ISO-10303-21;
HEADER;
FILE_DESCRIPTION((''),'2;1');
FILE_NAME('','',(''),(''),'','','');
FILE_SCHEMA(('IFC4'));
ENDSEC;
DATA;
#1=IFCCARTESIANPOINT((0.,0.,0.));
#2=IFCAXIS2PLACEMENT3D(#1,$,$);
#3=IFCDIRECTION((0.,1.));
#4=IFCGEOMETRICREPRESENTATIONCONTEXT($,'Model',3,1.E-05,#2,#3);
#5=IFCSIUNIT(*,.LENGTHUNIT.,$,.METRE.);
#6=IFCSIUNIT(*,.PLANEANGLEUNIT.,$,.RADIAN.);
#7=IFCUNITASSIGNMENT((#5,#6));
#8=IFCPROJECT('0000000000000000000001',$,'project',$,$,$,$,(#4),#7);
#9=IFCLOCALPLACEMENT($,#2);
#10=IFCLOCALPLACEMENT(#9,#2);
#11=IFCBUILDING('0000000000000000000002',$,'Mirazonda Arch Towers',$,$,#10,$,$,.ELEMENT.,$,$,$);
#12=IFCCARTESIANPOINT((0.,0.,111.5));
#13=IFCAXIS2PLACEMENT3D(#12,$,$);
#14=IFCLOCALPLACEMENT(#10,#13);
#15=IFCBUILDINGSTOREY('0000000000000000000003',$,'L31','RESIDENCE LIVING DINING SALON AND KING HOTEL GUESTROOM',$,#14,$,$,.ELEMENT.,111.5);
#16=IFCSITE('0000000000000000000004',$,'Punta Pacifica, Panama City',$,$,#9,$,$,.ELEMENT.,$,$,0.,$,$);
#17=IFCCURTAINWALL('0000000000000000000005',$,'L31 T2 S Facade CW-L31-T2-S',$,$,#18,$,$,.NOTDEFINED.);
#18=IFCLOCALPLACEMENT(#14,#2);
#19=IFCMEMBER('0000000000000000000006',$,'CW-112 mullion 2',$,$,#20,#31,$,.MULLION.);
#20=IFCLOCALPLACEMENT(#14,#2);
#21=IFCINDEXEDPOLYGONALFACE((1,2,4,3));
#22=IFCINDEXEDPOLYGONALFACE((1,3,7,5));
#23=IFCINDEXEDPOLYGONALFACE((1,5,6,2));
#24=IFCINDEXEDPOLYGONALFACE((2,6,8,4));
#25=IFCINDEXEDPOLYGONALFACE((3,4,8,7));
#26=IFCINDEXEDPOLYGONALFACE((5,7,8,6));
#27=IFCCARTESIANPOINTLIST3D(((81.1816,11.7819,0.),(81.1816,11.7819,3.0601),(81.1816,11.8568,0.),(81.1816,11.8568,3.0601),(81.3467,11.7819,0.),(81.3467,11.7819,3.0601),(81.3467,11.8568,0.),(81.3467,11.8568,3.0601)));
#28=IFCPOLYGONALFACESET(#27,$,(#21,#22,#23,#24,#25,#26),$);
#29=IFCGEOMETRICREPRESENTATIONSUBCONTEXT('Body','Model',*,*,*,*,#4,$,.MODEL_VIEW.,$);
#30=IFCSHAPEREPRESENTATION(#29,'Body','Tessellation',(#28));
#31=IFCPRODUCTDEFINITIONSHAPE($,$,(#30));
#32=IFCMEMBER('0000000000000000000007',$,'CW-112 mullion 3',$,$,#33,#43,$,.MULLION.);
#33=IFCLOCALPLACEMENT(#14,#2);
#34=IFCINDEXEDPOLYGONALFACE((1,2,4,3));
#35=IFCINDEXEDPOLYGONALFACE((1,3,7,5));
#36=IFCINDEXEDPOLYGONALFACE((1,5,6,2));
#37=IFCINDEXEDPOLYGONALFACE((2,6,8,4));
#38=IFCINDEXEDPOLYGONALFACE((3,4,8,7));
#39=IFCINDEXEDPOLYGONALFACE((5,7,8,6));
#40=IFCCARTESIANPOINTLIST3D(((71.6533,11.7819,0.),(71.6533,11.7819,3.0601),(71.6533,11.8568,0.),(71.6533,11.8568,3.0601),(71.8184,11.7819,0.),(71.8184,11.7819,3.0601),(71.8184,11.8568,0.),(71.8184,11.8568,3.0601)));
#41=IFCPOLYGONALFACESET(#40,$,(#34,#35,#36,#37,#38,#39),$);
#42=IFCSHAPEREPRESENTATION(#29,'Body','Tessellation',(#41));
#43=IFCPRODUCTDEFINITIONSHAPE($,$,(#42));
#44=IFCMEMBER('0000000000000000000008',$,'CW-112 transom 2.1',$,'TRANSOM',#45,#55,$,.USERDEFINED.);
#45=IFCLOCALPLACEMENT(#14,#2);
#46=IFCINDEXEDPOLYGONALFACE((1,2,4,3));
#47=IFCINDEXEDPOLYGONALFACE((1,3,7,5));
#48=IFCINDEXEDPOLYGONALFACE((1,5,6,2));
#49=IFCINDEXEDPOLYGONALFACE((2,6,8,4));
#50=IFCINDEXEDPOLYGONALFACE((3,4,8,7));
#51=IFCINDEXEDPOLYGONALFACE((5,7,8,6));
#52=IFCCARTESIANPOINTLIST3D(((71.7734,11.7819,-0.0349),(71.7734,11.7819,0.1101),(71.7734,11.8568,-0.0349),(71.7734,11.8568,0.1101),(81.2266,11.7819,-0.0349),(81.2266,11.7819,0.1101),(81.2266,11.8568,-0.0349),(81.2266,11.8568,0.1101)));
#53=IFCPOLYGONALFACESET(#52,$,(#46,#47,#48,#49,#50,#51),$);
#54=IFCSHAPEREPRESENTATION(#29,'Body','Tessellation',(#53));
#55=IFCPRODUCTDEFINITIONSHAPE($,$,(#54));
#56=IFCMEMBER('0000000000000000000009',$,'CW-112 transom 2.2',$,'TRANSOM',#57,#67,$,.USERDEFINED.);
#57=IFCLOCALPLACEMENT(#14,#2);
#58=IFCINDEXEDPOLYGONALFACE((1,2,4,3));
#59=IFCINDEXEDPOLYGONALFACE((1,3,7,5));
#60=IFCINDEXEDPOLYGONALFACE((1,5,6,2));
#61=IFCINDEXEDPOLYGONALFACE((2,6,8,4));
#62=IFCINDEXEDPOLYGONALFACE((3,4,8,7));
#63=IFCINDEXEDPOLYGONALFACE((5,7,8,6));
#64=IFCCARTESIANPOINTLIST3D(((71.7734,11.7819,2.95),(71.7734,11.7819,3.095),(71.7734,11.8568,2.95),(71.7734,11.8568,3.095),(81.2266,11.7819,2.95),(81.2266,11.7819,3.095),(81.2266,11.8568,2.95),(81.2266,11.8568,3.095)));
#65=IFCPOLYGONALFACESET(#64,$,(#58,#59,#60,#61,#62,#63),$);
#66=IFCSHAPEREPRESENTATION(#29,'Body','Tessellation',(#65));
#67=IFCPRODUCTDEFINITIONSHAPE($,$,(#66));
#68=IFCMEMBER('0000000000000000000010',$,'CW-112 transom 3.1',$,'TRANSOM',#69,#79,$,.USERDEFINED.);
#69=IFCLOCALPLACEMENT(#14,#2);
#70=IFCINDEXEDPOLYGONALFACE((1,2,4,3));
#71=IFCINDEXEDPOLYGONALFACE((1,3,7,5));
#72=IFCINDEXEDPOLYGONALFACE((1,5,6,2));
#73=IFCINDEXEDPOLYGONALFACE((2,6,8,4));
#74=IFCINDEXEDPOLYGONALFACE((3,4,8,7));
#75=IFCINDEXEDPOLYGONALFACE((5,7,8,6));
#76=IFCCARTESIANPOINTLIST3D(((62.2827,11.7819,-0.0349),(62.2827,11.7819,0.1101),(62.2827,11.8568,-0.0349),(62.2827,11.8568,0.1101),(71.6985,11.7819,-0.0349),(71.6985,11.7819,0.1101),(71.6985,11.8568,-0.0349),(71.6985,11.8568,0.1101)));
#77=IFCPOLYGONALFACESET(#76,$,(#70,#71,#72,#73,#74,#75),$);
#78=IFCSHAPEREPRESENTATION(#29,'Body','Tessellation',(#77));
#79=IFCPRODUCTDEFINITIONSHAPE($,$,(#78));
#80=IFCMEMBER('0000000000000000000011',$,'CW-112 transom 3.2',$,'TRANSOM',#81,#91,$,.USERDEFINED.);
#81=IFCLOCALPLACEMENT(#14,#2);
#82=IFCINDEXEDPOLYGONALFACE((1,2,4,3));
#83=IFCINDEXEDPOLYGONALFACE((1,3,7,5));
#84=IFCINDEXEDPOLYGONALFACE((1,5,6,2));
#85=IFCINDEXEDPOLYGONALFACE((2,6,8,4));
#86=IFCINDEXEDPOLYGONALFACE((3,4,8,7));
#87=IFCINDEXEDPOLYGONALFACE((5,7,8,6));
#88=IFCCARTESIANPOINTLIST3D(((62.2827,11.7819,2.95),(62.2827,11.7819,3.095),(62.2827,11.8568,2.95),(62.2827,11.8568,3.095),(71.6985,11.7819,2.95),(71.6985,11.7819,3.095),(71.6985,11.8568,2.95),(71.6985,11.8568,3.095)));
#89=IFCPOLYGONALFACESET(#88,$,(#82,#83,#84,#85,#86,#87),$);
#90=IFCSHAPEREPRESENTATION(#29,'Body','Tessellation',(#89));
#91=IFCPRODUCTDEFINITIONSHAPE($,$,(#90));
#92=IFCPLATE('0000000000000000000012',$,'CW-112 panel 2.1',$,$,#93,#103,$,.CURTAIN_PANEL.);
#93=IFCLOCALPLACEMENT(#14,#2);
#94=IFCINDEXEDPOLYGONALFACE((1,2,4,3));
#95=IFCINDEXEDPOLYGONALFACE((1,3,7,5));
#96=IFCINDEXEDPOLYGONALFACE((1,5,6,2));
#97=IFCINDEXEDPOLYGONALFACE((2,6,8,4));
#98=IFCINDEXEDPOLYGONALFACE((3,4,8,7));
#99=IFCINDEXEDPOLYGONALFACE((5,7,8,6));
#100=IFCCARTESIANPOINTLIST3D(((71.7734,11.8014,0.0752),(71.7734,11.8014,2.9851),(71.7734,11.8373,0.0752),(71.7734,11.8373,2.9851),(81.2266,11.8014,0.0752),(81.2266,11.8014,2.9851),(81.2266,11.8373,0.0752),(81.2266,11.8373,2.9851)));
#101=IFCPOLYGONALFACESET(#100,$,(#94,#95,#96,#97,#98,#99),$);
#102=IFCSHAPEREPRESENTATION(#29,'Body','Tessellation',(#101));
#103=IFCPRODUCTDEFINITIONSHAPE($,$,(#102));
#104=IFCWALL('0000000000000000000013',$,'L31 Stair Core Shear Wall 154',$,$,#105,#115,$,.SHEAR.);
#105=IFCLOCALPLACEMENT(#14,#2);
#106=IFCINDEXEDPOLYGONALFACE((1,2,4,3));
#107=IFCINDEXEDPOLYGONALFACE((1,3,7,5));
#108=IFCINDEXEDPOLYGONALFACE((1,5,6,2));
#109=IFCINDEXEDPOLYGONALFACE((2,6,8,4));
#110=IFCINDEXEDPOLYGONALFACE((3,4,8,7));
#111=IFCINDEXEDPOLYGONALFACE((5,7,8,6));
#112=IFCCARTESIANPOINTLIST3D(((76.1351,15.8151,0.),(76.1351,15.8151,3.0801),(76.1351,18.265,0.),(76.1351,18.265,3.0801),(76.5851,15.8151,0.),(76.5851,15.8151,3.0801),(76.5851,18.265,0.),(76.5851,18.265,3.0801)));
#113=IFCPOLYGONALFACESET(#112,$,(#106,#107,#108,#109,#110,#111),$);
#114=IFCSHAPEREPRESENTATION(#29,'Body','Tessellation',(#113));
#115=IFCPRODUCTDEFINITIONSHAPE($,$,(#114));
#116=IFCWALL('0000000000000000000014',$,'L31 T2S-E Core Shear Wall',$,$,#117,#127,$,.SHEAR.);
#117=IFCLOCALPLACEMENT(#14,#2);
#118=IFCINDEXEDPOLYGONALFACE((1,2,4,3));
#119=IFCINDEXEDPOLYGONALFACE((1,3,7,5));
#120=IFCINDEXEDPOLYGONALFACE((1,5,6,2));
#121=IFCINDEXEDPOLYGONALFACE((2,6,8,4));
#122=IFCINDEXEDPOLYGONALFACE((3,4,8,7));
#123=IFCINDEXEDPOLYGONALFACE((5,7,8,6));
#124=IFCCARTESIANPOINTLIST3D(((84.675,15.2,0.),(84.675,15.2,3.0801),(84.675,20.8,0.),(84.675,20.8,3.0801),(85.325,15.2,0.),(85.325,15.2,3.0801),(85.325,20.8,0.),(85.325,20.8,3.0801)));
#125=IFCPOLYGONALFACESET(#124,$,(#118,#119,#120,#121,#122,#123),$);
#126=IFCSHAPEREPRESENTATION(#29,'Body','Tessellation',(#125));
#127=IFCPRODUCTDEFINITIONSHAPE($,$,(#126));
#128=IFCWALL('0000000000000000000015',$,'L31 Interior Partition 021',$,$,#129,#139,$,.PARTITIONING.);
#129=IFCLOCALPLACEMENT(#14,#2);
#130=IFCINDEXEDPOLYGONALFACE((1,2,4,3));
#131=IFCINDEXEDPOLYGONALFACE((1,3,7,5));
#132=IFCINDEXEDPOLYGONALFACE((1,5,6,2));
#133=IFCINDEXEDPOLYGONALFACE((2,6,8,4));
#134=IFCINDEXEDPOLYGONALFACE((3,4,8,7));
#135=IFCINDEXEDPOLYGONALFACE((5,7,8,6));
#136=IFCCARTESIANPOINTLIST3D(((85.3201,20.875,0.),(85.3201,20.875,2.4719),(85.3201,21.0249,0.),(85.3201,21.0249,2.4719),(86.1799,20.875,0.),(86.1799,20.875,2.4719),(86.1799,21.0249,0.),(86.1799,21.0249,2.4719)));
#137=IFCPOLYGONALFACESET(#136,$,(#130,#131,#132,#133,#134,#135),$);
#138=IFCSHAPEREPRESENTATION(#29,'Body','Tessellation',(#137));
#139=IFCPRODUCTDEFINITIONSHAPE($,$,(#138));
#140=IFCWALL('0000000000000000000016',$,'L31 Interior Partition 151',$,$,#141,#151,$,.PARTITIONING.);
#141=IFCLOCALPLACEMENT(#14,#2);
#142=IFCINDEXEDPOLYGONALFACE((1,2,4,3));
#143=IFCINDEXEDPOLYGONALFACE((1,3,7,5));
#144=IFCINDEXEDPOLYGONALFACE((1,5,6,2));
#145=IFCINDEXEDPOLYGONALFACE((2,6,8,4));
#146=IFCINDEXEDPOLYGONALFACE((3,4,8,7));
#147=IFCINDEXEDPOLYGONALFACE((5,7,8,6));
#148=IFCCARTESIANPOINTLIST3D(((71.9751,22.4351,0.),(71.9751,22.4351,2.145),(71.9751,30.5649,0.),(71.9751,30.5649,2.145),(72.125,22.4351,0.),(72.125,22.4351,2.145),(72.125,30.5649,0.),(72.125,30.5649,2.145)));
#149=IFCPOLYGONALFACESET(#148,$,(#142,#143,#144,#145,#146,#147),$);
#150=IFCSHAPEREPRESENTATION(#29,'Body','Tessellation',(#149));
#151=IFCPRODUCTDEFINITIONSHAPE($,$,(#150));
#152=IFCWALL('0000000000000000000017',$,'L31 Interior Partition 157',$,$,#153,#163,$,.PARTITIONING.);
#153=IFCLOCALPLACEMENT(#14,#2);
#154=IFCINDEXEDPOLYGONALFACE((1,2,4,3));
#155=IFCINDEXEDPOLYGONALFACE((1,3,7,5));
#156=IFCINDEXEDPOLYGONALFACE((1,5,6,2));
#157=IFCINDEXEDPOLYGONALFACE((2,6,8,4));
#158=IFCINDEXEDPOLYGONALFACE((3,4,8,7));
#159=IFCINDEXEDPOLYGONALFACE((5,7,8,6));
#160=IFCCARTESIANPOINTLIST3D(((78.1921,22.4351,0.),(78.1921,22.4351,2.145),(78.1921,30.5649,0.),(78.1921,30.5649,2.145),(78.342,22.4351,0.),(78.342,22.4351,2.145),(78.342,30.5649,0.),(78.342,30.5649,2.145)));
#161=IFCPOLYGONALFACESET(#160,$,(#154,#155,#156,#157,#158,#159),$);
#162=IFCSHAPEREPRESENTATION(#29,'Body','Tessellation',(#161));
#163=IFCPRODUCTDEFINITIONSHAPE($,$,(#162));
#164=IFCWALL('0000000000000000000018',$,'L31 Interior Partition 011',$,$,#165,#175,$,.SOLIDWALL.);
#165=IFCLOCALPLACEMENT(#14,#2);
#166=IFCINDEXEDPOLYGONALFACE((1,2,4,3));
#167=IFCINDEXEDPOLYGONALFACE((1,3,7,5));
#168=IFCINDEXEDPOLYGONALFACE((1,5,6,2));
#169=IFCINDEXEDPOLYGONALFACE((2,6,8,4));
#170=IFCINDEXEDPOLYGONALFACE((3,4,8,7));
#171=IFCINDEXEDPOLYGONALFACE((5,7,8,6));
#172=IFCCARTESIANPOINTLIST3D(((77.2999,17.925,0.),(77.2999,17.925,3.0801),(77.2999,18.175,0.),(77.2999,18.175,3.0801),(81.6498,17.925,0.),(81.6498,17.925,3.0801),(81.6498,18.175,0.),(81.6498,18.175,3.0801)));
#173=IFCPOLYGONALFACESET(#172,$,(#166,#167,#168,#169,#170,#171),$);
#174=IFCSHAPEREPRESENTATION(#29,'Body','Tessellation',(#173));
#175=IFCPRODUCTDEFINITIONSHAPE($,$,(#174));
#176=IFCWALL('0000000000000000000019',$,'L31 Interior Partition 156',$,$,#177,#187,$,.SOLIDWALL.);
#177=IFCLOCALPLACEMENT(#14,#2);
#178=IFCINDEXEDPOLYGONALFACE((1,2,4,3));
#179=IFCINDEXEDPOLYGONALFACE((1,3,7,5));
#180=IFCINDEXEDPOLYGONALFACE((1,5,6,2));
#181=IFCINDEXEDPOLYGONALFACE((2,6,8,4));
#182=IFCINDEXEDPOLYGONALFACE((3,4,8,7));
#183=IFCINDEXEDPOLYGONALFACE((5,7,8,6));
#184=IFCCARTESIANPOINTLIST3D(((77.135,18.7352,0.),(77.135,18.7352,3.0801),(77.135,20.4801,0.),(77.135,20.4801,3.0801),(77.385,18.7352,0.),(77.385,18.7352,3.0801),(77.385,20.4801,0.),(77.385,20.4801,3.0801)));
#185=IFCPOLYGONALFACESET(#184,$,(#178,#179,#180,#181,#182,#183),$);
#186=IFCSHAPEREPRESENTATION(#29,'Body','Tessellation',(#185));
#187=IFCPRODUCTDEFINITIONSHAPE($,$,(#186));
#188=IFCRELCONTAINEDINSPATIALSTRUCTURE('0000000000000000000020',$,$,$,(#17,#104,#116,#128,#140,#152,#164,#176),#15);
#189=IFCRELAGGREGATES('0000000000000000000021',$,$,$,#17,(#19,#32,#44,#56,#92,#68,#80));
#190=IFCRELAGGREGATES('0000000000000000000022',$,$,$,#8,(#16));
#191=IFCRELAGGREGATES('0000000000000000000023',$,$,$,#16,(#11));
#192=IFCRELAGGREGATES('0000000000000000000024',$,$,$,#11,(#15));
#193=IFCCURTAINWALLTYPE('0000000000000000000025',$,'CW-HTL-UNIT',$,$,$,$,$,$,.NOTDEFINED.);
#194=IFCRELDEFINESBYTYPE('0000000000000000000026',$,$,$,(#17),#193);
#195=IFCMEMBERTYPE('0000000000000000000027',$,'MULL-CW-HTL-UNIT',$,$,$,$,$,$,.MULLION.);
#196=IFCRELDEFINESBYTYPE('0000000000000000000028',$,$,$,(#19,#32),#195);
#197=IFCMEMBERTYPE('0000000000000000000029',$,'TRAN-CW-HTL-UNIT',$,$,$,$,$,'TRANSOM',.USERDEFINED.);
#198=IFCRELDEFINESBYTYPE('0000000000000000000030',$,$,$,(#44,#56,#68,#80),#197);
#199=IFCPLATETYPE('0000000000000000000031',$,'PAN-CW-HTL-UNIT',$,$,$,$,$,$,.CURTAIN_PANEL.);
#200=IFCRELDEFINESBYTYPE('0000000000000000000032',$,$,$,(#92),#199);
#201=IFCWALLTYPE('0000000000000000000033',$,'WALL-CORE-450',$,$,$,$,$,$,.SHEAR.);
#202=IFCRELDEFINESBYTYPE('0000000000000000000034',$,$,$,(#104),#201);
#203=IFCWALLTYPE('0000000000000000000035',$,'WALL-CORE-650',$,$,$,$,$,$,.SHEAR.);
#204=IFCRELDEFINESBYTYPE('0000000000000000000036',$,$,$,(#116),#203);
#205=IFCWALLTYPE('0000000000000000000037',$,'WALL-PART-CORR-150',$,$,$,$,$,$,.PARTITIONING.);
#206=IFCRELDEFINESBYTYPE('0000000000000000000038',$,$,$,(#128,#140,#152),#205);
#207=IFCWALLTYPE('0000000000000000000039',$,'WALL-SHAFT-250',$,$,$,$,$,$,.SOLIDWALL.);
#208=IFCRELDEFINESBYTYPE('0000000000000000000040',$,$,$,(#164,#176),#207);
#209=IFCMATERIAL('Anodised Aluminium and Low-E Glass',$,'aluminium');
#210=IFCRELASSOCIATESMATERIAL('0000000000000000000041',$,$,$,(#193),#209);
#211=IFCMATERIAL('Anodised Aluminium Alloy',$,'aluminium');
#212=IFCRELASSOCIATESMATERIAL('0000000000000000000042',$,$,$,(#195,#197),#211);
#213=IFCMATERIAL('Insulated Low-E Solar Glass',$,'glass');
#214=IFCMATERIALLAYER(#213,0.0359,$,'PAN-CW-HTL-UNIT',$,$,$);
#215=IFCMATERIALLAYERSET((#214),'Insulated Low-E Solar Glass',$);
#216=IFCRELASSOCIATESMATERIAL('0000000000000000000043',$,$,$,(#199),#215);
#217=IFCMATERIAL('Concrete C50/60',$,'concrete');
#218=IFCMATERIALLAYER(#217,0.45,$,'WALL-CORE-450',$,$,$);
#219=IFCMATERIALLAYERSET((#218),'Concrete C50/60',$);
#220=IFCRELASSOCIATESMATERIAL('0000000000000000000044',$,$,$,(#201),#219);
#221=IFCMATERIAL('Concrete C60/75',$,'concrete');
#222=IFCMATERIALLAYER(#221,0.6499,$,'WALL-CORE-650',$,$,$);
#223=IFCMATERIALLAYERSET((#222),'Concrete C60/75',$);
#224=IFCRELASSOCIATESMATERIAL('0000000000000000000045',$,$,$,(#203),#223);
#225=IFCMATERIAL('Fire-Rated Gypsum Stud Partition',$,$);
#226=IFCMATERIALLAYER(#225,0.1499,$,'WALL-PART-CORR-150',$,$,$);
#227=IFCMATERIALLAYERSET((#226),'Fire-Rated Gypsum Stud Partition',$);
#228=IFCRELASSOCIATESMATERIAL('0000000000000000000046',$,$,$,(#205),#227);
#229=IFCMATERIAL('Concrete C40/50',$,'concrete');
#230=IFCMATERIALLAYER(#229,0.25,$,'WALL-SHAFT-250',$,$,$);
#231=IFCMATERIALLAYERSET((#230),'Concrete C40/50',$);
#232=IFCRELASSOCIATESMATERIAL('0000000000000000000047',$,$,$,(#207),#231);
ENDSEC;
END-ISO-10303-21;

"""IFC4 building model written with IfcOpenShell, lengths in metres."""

from ifc_helpers import new_model, si_unit, direction, frame, frame_2d, origin, origin_2d, place, context, subcontext, project, spatial, rectangle, extrude, material, layer, layer_set, material_profile, profile_set, type_object, element, aggregate, save


model = new_model("IFC4")

# Units and contexts
model_context = context("Model", 3, precision=1e-05, world=origin(), true_north=direction((0.0, 1.0)))
body_context = subcontext(model_context, "Body", "Model", "MODEL_VIEW")
ifc_project = project(units=[si_unit("LENGTHUNIT", "METRE"), si_unit("PLANEANGLEUNIT", "RADIAN")], contexts=[model_context])

# Site, building, storey
site_placement = place(None, origin())
site = spatial("IfcSite", under=ifc_project, at=site_placement, Name="Punta Pacifica, Panama City", CompositionType="ELEMENT", RefElevation=0.0)
building_placement = place(site_placement, origin())
building = spatial("IfcBuilding", under=site, at=building_placement, Name="Mirazonda Arch Towers", CompositionType="ELEMENT")
storey_placement = place(building_placement, frame((0.0, 0.0, 111.5)))
storey = spatial("IfcBuildingStorey", under=building, at=storey_placement, Name="L31", Description="RESIDENCE LIVING DINING SALON AND KING HOTEL GUESTROOM", CompositionType="ELEMENT", Elevation=111.5)

# Shared definitions
ifc_material_1 = material(Name="Concrete C50/60", Category="concrete")

# Shared definitions
ifc_material_2 = material(Name="Concrete C60/75", Category="concrete")

# Curtain wall, members, plate
ifc_material_3 = material(Name="Anodised Aluminium and Low-E Glass", Category="aluminium")
curtain_wall_type = type_object("IfcCurtainWallType", Name="CW-HTL-UNIT", PredefinedType="NOTDEFINED", material=ifc_material_3)
curtain_wall_placement = place(storey_placement, origin())
curtain_wall = element("IfcCurtainWall", 1, at=curtain_wall_placement, inside=storey, type_object=curtain_wall_type, Name="L31 T2 S Facade CW-L31-T2-S", PredefinedType="NOTDEFINED")
ifc_material_4 = material(Name="Anodised Aluminium Alloy", Category="aluminium")
ifc_material_profile_1 = material_profile(ifc_material_4, rectangle(XDim=0.075, YDim=0.165, at=origin_2d()), Name="ALU-MULL-75x165")
ifc_profile_set_1 = profile_set([ifc_material_profile_1], Name="Anodised Aluminium Alloy")
member_type_1 = type_object("IfcMemberType", Name="MULL-CW-HTL-UNIT", PredefinedType="MULLION", material=ifc_profile_set_1)
member_1_placement = place(storey_placement, frame((81.2642, 11.8193, 0.0), z_axis=(0.0, 0.0, 1.0), x_axis=(0.0, -1.0, 0.0)))
member_1 = element("IfcMember", 2, at=member_1_placement, type_object=member_type_1, Name="CW-112 mullion 2", PredefinedType="MULLION", context=body_context, shape_type="SweptSolid", body=[
    extrude(rectangle(XDim=0.075, YDim=0.165, at=origin_2d()), origin(), (0.0, 0.0, 1.0), 3.0601),
])
member_2_placement = place(storey_placement, frame((71.7358, 11.8193, 0.0), z_axis=(0.0, 0.0, 1.0), x_axis=(0.0, -1.0, 0.0)))
member_2 = element("IfcMember", 3, at=member_2_placement, type_object=member_type_1, Name="CW-112 mullion 3", PredefinedType="MULLION", context=body_context, shape_type="SweptSolid", body=[
    extrude(rectangle(XDim=0.075, YDim=0.165, at=origin_2d()), origin(), (0.0, 0.0, 1.0), 3.0601),
])
ifc_material_profile_2 = material_profile(ifc_material_4, rectangle(XDim=0.075, YDim=0.145, at=origin_2d()), Name="ALU-TRAN-75x145")
ifc_profile_set_2 = profile_set([ifc_material_profile_2], Name="Anodised Aluminium Alloy")
member_type_2 = type_object("IfcMemberType", Name="TRAN-CW-HTL-UNIT", ElementType="TRANSOM", PredefinedType="USERDEFINED", material=ifc_profile_set_2)
member_3_placement = place(storey_placement, frame((81.2266, 11.8193, 0.0376), z_axis=(-1.0, 0.0, 0.0), x_axis=(0.0, -1.0, 0.0)))
member_3 = element("IfcMember", 4, at=member_3_placement, type_object=member_type_2, Name="CW-112 transom 2.1", ObjectType="TRANSOM", PredefinedType="USERDEFINED", context=body_context, shape_type="SweptSolid", body=[
    extrude(rectangle(XDim=0.075, YDim=0.145, at=origin_2d()), origin(), (0.0, 0.0, 1.0), 9.4531),
])
member_4_placement = place(storey_placement, frame((81.2266, 11.8193, 3.0225), z_axis=(-1.0, 0.0, 0.0), x_axis=(0.0, -1.0, 0.0)))
member_4 = element("IfcMember", 5, at=member_4_placement, type_object=member_type_2, Name="CW-112 transom 2.2", ObjectType="TRANSOM", PredefinedType="USERDEFINED", context=body_context, shape_type="SweptSolid", body=[
    extrude(rectangle(XDim=0.075, YDim=0.145, at=origin_2d()), origin(), (0.0, 0.0, 1.0), 9.4531),
])
member_5_placement = place(storey_placement, frame((71.6985, 11.8193, 0.0376), z_axis=(-1.0, 0.0, 0.0), x_axis=(0.0, -1.0, 0.0)))
member_5 = element("IfcMember", 6, at=member_5_placement, type_object=member_type_2, Name="CW-112 transom 3.1", ObjectType="TRANSOM", PredefinedType="USERDEFINED", context=body_context, shape_type="SweptSolid", body=[
    extrude(rectangle(XDim=0.075, YDim=0.145, at=origin_2d()), origin(), (0.0, 0.0, 1.0), 9.4158),
])
member_6_placement = place(storey_placement, frame((71.6985, 11.8193, 3.0225), z_axis=(-1.0, 0.0, 0.0), x_axis=(0.0, -1.0, 0.0)))
member_6 = element("IfcMember", 7, at=member_6_placement, type_object=member_type_2, Name="CW-112 transom 3.2", ObjectType="TRANSOM", PredefinedType="USERDEFINED", context=body_context, shape_type="SweptSolid", body=[
    extrude(rectangle(XDim=0.075, YDim=0.145, at=origin_2d()), origin(), (0.0, 0.0, 1.0), 9.4158),
])
ifc_material_5 = material(Name="Insulated Low-E Solar Glass", Category="glass")
ifc_layer_1 = layer(ifc_material_5, 0.0359, Name="PAN-CW-HTL-UNIT")
ifc_layer_set_1 = layer_set([ifc_layer_1], Name="Insulated Low-E Solar Glass")
plate_type = type_object("IfcPlateType", Name="PAN-CW-HTL-UNIT", PredefinedType="CURTAIN_PANEL", material=ifc_layer_set_1)
plate_placement = place(storey_placement, frame((76.5, 11.8193, 0.0752), z_axis=(0.0, 0.0, 1.0), x_axis=(-1.0, 0.0, 0.0)))
plate = element("IfcPlate", 8, at=plate_placement, type_object=plate_type, Name="CW-112 panel 2.1", PredefinedType="CURTAIN_PANEL", context=body_context, shape_type="SweptSolid", body=[
    extrude(rectangle(XDim=9.4531, YDim=0.0359, at=origin_2d()), origin(), (0.0, 0.0, 1.0), 2.9099),
])
aggregate(curtain_wall, [member_1, member_2, member_3, member_4, plate, member_5, member_6])

# Walls
ifc_layer_2 = layer(ifc_material_1, 0.45, Name="WALL-CORE-450")
ifc_layer_set_2 = layer_set([ifc_layer_2], Name="Concrete C50/60")
wall_type_1 = type_object("IfcWallType", Name="WALL-CORE-450", PredefinedType="SHEAR", material=ifc_layer_set_2)
wall_1_placement = place(storey_placement, frame((76.3601, 15.8149, 0.0), z_axis=(0.0, 0.0, 1.0), x_axis=(0.0, 1.0, 0.0)))
element("IfcWall", 9, at=wall_1_placement, inside=storey, type_object=wall_type_1, Name="L31 Stair Core Shear Wall 154", PredefinedType="SHEAR", context=body_context, shape_type="SweptSolid", body=[
    extrude(rectangle(XDim=2.45, YDim=0.45, at=frame_2d((1.2251, 0.0))), origin(), (0.0, 0.0, 1.0), 3.0801),
])
ifc_layer_3 = layer(ifc_material_2, 0.6499, Name="WALL-CORE-650")
ifc_layer_set_3 = layer_set([ifc_layer_3], Name="Concrete C60/75")
wall_type_2 = type_object("IfcWallType", Name="WALL-CORE-650", PredefinedType="SHEAR", material=ifc_layer_set_3)
wall_2_placement = place(storey_placement, frame((85.0, 15.2, 0.0), z_axis=(0.0, 0.0, 1.0), x_axis=(0.0, 1.0, 0.0)))
element("IfcWall", 10, at=wall_2_placement, inside=storey, type_object=wall_type_2, Name="L31 T2S-E Core Shear Wall", PredefinedType="SHEAR", context=body_context, shape_type="SweptSolid", body=[
    extrude(rectangle(XDim=5.6001, YDim=0.6499, at=frame_2d((2.8, 0.0))), origin(), (0.0, 0.0, 1.0), 3.0801),
])
ifc_material_6 = material(Name="Fire-Rated Gypsum Stud Partition")
ifc_layer_4 = layer(ifc_material_6, 0.1499, Name="WALL-PART-CORR-150")
ifc_layer_set_4 = layer_set([ifc_layer_4], Name="Fire-Rated Gypsum Stud Partition")
wall_type_3 = type_object("IfcWallType", Name="WALL-PART-CORR-150", PredefinedType="PARTITIONING", material=ifc_layer_set_4)
wall_3_placement = place(storey_placement, frame((85.3201, 20.95, 0.0), z_axis=(0.0, 0.0, 1.0), x_axis=(1.0, 0.0, 0.0)))
element("IfcWall", 11, at=wall_3_placement, inside=storey, type_object=wall_type_3, Name="L31 Interior Partition 021", PredefinedType="PARTITIONING", context=body_context, shape_type="SweptSolid", body=[
    extrude(rectangle(XDim=0.8599, YDim=0.1499, at=frame_2d((0.4299, 0.0))), origin(), (0.0, 0.0, 1.0), 2.4719),
])
for number, where, z_axis, x_axis, name in (
    (12, (72.05, 22.4351, 0.0), (0.0, 0.0, 1.0), (0.0, 1.0, 0.0), "L31 Interior Partition 151"),
    (13, (78.2671, 22.4351, 0.0), (0.0, 0.0, 1.0), (0.0, 1.0, 0.0), "L31 Interior Partition 157"),
):
    element("IfcWall", number, at=place(storey_placement, frame(where, z_axis=z_axis, x_axis=x_axis)), inside=storey, type_object=wall_type_3, Name=name, PredefinedType="PARTITIONING", context=body_context, shape_type="SweptSolid", body=[
        extrude(rectangle(XDim=8.1299, YDim=0.1499, at=frame_2d((4.0649, 0.0))), origin(), (0.0, 0.0, 1.0), 2.145),
    ])
ifc_material_7 = material(Name="Concrete C40/50", Category="concrete")
ifc_layer_5 = layer(ifc_material_7, 0.25, Name="WALL-SHAFT-250")
ifc_layer_set_5 = layer_set([ifc_layer_5], Name="Concrete C40/50")
wall_type_4 = type_object("IfcWallType", Name="WALL-SHAFT-250", PredefinedType="SOLIDWALL", material=ifc_layer_set_5)
wall_4_placement = place(storey_placement, frame((77.3, 18.05, 0.0), z_axis=(0.0, 0.0, 1.0), x_axis=(1.0, 0.0, 0.0)))
element("IfcWall", 14, at=wall_4_placement, inside=storey, type_object=wall_type_4, Name="L31 Interior Partition 011", PredefinedType="SOLIDWALL", context=body_context, shape_type="SweptSolid", body=[
    extrude(rectangle(XDim=4.3499, YDim=0.25, at=frame_2d((2.1748, 0.0))), origin(), (0.0, 0.0, 1.0), 3.0801),
])
wall_5_placement = place(storey_placement, frame((77.26, 18.7351, 0.0), z_axis=(0.0, 0.0, 1.0), x_axis=(0.0, 1.0, 0.0)))
element("IfcWall", 15, at=wall_5_placement, inside=storey, type_object=wall_type_4, Name="L31 Interior Partition 156", PredefinedType="SOLIDWALL", context=body_context, shape_type="SweptSolid", body=[
    extrude(rectangle(XDim=1.7449, YDim=0.25, at=frame_2d((0.8726, 0.0))), origin(), (0.0, 0.0, 1.0), 3.0801),
])

save(model, "model.ifc")
